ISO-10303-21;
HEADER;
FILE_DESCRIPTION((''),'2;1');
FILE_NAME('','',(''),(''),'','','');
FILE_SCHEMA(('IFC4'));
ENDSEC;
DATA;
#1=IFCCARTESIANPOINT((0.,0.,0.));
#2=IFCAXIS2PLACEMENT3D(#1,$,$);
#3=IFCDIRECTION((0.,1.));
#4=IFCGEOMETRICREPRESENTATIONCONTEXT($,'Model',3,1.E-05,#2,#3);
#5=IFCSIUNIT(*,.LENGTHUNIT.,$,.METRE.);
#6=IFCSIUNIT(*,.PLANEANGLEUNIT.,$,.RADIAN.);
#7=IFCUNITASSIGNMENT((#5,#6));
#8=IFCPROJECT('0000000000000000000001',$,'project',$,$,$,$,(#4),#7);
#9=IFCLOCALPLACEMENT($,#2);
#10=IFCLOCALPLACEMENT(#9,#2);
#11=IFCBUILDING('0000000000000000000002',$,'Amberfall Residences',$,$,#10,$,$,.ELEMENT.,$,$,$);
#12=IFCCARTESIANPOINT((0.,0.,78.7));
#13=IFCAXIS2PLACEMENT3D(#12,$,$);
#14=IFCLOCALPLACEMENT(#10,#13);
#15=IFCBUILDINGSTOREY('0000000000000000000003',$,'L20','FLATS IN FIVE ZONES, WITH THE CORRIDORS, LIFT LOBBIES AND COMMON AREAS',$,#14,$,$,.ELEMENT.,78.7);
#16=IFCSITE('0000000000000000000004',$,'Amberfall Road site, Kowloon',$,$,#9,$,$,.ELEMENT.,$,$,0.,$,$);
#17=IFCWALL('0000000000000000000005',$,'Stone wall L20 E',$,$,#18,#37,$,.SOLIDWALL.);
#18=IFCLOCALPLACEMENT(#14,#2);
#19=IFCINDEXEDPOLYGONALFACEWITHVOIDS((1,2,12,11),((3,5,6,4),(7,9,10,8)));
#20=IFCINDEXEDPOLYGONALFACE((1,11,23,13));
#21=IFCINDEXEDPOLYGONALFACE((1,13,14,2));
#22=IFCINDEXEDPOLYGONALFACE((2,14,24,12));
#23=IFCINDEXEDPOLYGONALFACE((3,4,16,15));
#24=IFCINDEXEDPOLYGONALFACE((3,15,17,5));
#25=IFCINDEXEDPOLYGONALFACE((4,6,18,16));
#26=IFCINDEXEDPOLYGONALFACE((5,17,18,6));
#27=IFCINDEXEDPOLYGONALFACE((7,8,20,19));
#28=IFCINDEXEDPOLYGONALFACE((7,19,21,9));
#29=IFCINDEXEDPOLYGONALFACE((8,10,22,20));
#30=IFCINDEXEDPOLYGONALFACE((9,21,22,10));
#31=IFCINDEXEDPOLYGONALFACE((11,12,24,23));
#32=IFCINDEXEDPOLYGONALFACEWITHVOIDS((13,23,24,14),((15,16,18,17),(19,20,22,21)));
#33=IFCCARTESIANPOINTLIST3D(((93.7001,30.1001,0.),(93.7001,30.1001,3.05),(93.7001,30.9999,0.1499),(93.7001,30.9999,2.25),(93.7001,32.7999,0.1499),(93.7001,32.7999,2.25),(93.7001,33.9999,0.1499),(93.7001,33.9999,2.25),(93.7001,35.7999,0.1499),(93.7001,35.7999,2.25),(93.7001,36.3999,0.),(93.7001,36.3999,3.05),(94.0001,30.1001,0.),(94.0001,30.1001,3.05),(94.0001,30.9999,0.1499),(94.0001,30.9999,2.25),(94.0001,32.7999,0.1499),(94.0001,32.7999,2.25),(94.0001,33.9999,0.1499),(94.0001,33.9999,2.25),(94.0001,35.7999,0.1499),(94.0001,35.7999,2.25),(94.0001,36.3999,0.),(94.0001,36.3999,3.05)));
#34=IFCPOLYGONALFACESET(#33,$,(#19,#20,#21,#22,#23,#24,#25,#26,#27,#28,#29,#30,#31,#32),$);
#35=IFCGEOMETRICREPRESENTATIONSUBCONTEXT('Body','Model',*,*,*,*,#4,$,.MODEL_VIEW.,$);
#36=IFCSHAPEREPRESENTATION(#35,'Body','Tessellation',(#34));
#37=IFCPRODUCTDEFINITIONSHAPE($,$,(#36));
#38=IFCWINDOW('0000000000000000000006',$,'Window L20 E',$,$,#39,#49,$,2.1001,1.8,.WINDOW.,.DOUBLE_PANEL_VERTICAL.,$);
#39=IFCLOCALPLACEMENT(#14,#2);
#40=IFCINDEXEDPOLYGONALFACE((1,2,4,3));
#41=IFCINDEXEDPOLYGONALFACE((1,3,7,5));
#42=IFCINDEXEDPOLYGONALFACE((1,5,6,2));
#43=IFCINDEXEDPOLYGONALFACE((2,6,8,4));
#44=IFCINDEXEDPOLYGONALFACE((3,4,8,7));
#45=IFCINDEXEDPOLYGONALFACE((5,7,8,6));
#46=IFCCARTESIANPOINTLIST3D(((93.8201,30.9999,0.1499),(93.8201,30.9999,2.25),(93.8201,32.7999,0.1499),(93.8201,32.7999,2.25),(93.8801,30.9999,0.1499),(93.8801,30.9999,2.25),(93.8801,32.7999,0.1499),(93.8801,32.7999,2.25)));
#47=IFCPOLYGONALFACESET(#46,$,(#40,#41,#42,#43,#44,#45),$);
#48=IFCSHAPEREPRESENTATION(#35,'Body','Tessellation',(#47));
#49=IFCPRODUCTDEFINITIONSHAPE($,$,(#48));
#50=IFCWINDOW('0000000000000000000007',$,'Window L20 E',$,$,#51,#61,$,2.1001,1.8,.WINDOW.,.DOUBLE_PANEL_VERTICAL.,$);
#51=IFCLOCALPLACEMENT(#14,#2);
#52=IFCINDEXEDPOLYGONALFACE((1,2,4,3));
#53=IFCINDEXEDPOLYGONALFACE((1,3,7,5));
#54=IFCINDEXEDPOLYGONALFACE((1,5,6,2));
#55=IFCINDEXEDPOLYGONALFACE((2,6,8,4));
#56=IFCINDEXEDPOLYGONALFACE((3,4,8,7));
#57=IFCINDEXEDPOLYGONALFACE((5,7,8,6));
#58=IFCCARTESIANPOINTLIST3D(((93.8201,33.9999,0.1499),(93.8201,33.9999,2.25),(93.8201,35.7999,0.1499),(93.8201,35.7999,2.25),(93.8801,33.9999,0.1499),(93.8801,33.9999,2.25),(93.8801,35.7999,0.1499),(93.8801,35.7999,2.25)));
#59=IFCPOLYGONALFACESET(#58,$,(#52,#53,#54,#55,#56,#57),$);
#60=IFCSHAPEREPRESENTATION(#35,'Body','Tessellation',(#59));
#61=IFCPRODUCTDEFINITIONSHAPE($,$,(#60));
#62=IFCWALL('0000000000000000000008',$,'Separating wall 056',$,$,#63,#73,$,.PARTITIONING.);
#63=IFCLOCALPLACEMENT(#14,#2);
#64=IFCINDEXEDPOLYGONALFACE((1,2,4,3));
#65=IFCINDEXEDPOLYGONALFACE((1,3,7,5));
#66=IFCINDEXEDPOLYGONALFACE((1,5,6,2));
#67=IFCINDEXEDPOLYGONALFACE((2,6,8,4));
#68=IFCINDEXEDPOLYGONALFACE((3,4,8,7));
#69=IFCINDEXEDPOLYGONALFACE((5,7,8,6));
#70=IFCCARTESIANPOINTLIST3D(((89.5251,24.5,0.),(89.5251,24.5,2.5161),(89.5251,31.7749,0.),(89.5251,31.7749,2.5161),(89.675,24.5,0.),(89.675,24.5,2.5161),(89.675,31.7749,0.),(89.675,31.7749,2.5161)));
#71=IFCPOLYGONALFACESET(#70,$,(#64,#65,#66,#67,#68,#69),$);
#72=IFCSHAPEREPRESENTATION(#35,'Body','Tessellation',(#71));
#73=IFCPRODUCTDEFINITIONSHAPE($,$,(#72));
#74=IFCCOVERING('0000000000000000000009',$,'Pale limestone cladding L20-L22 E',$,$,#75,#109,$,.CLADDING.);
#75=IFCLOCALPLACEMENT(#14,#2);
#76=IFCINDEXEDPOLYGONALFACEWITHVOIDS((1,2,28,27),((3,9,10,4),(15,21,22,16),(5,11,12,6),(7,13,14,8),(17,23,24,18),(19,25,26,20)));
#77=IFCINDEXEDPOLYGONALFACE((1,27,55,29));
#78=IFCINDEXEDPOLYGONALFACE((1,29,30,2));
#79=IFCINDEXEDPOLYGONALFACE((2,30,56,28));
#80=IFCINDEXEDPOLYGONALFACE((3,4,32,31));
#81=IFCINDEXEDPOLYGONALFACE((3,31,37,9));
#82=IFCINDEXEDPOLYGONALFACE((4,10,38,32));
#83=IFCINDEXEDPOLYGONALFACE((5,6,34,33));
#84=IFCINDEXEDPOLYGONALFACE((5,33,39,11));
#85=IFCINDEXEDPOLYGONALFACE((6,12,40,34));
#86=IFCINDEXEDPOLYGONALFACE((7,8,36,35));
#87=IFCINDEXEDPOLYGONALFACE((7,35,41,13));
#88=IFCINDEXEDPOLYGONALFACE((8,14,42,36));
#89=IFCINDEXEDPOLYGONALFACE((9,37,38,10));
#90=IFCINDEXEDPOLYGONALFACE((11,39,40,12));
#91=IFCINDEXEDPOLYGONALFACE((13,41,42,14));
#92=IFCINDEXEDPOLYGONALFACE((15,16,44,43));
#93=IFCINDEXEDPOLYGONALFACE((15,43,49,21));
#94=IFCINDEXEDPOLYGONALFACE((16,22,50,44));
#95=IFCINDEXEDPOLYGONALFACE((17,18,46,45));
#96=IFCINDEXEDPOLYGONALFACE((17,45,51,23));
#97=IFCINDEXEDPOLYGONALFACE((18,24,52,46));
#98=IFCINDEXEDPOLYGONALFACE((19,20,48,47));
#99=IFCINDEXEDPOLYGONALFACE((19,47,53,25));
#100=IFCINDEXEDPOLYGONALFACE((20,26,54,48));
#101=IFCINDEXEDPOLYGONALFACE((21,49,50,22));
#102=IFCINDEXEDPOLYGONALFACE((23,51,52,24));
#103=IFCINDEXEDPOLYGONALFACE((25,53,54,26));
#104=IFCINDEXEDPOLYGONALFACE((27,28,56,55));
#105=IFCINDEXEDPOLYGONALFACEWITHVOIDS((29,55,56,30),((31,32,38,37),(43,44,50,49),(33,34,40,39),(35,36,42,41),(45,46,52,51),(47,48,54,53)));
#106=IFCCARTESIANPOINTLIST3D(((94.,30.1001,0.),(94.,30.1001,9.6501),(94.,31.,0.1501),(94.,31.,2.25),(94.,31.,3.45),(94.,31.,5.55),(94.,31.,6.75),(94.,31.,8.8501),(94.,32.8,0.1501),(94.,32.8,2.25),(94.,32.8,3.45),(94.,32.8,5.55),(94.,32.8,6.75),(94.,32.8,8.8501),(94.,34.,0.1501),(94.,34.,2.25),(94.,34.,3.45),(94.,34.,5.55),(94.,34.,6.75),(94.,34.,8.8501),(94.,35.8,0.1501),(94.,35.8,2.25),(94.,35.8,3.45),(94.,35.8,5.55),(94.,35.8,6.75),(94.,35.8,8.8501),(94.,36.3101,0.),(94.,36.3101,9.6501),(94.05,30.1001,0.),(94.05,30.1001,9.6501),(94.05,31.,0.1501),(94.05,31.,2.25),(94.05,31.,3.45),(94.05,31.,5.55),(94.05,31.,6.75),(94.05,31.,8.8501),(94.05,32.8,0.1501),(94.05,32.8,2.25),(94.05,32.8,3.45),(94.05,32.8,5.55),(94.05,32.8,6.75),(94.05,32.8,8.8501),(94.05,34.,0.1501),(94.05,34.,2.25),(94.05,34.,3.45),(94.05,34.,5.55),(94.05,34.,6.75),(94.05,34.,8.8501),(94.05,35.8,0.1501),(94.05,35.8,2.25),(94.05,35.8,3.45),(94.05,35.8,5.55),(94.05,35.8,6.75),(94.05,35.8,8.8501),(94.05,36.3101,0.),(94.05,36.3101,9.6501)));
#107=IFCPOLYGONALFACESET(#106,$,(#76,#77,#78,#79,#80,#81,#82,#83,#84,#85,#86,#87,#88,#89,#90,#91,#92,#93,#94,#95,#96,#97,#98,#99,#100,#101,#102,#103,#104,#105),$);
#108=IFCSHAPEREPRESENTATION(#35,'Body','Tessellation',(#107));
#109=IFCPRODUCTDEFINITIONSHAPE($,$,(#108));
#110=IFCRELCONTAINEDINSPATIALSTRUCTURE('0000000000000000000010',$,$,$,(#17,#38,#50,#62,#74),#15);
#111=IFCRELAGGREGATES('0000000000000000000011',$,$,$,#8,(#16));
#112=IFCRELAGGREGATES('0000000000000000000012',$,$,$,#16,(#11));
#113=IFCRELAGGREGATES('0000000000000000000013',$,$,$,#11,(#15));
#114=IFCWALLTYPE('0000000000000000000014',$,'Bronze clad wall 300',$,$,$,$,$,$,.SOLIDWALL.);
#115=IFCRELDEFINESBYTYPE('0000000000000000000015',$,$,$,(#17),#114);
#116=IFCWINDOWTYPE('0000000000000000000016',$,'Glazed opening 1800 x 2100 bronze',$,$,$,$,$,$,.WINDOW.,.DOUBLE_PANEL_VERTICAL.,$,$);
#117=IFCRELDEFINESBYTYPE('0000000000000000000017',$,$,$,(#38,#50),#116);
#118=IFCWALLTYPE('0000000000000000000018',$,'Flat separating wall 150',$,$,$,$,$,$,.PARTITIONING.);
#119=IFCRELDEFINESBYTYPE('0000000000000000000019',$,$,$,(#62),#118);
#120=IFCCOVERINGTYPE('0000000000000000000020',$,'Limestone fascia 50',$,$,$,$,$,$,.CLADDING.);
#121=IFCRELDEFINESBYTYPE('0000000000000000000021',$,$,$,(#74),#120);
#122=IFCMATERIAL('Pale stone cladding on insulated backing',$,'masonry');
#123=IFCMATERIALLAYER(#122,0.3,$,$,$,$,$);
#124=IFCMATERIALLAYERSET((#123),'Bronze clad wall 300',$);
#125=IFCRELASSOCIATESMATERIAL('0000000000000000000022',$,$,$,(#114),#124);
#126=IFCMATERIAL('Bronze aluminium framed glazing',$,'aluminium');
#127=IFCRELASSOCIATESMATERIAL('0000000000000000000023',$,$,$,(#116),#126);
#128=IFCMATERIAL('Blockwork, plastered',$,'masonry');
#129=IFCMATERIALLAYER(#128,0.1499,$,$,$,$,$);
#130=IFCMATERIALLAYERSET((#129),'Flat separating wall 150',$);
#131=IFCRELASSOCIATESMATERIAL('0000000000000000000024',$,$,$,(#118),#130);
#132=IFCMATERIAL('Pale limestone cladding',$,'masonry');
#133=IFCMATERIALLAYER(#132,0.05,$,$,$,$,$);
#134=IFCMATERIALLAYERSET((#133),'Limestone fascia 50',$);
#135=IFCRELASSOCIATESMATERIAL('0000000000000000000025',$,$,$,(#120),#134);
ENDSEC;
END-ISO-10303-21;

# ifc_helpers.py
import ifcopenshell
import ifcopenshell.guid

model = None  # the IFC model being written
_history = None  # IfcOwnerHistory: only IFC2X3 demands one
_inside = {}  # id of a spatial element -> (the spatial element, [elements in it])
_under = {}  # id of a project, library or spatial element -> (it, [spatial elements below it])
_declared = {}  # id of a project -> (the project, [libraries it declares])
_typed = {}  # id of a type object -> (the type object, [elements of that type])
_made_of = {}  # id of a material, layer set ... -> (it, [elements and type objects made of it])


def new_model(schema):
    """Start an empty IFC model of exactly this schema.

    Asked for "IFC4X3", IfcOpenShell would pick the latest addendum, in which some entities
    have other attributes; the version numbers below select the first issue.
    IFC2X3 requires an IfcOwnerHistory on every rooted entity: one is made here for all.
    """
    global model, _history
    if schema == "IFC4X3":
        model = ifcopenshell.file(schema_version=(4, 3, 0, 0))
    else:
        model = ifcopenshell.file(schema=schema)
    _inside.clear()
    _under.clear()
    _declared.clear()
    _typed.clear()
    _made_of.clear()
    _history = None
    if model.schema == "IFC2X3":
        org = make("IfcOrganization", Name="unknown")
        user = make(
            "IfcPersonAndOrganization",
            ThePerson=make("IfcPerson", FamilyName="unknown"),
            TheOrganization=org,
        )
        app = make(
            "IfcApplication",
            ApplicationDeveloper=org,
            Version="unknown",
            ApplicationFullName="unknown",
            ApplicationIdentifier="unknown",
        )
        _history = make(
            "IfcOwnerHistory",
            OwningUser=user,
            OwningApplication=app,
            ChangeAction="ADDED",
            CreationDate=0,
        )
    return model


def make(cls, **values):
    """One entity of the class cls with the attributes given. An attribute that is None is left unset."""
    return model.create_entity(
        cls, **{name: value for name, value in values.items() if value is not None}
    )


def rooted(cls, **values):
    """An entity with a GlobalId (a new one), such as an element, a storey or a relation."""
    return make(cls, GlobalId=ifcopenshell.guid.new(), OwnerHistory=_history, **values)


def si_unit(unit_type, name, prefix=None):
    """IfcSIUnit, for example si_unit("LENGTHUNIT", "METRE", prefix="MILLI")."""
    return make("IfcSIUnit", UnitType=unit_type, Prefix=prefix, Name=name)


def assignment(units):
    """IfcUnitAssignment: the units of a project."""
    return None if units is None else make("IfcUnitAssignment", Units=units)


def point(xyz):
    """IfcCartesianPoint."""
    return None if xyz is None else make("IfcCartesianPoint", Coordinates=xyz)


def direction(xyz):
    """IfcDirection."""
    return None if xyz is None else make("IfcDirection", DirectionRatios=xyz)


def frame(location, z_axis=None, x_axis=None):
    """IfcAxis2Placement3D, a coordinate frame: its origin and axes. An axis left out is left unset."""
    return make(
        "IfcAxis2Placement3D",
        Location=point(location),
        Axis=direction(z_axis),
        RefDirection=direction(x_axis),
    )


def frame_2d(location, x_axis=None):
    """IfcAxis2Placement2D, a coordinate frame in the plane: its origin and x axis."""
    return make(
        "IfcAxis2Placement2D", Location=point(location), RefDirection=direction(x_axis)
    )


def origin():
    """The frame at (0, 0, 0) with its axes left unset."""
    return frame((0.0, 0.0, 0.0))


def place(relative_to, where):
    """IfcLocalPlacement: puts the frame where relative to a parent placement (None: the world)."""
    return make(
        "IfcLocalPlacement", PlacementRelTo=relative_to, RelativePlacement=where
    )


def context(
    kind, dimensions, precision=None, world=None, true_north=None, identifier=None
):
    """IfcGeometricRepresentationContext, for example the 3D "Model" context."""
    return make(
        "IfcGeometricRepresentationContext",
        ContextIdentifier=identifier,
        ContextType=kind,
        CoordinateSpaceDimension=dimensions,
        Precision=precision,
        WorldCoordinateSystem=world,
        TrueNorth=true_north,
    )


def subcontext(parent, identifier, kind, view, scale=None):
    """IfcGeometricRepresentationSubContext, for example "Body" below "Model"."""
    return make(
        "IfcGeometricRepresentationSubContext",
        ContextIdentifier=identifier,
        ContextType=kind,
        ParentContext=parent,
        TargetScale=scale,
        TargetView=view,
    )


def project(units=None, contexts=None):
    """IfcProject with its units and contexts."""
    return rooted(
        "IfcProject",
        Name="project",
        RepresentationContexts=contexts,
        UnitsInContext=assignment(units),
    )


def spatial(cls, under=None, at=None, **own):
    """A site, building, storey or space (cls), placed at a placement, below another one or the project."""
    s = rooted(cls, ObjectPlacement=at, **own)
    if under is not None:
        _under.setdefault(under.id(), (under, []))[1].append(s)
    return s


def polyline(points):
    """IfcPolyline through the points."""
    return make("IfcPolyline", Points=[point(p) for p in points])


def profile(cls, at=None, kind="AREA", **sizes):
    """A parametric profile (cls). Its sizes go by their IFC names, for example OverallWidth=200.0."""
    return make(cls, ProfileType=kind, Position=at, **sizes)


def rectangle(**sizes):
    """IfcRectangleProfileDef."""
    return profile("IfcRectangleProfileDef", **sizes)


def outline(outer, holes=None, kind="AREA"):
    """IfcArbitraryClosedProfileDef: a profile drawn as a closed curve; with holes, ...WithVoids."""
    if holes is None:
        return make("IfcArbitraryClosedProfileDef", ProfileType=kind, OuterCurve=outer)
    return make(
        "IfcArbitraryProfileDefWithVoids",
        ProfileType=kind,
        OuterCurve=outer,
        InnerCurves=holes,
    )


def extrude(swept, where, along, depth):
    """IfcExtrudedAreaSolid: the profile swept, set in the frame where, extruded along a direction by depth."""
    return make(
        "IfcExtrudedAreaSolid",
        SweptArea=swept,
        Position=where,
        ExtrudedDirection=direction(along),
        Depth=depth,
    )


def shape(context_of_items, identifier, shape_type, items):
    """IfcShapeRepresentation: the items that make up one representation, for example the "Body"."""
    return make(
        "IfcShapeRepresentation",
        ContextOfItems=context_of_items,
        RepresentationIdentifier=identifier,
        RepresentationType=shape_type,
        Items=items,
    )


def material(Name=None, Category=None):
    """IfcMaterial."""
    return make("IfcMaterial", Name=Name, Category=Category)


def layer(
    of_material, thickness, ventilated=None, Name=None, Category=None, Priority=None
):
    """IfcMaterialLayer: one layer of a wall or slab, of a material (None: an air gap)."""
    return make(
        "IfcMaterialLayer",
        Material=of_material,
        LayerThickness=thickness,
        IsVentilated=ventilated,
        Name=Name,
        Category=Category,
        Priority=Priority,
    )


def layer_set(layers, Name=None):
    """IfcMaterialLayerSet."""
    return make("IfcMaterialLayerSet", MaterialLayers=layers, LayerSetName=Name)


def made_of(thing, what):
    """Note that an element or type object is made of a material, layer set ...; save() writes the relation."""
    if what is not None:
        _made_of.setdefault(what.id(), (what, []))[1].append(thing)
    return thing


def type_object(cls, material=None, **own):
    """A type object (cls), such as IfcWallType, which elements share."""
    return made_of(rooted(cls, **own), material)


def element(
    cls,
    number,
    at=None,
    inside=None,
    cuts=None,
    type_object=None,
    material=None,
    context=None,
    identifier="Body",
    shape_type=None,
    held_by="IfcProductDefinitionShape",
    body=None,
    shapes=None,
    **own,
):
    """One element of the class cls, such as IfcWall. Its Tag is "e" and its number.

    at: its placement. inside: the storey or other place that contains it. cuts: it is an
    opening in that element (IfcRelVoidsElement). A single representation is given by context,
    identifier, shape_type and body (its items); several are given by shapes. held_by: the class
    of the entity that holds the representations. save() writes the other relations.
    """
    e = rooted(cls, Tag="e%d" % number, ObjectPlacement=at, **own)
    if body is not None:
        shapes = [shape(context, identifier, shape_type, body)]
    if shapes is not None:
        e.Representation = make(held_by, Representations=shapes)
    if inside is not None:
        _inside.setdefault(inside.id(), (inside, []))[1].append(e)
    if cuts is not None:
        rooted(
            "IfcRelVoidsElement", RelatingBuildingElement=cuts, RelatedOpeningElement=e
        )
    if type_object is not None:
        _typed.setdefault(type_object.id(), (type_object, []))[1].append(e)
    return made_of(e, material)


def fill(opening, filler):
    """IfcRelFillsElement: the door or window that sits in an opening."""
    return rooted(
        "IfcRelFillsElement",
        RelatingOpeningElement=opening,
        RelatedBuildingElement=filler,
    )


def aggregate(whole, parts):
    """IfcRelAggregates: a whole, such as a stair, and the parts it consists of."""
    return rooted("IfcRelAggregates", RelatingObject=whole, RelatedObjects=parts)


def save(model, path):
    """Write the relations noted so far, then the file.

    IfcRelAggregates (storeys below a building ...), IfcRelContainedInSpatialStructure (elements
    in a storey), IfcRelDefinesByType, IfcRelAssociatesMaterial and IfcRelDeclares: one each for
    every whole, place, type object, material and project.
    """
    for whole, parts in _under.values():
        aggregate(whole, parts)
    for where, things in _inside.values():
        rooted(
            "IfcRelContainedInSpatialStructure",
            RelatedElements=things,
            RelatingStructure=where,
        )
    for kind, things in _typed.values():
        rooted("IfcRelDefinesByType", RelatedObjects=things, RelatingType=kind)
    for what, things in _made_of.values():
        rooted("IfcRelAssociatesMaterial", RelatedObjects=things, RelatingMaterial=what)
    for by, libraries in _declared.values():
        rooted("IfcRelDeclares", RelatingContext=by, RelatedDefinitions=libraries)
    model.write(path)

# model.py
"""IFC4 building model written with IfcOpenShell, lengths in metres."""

from ifc_helpers import new_model, si_unit, direction, frame, frame_2d, origin, place, context, subcontext, project, spatial, polyline, rectangle, outline, extrude, material, layer, layer_set, type_object, element, fill, save


model = new_model("IFC4")

# Units and contexts
model_context = context("Model", 3, precision=1e-05, world=origin(), true_north=direction((0.0, 1.0)))
body_context = subcontext(model_context, "Body", "Model", "MODEL_VIEW")
ifc_project = project(units=[si_unit("LENGTHUNIT", "METRE"), si_unit("PLANEANGLEUNIT", "RADIAN")], contexts=[model_context])

# Site, building, storey
site_placement = place(None, origin())
site = spatial("IfcSite", under=ifc_project, at=site_placement, Name="Amberfall Road site, Kowloon", CompositionType="ELEMENT", RefElevation=0.0)
building_placement = place(site_placement, origin())
building = spatial("IfcBuilding", under=site, at=building_placement, Name="Amberfall Residences", CompositionType="ELEMENT")
storey_placement = place(building_placement, frame((0.0, 0.0, 78.7)))
storey = spatial("IfcBuildingStorey", under=building, at=storey_placement, Name="L20", Description="FLATS IN FIVE ZONES, WITH THE CORRIDORS, LIFT LOBBIES AND COMMON AREAS", CompositionType="ELEMENT", Elevation=78.7)

# Shared definitions
ifc_material_1 = material(Name="Pale stone cladding on insulated backing", Category="masonry")
ifc_layer_1 = layer(ifc_material_1, 0.3)
ifc_layer_set_1 = layer_set([ifc_layer_1], Name="Bronze clad wall 300")
wall_type_1 = type_object("IfcWallType", Name="Bronze clad wall 300", PredefinedType="SOLIDWALL", material=ifc_layer_set_1)
ifc_material_2 = material(Name="Bronze aluminium framed glazing", Category="aluminium")

# Wall, openings, windows
wall_1_placement = place(storey_placement, frame((93.8501, 30.1001, 0.0), z_axis=(0.0, 0.0, 1.0), x_axis=(0.0, 1.0, 0.0)))
wall_1 = element("IfcWall", 1, at=wall_1_placement, inside=storey, type_object=wall_type_1, Name="Stone wall L20 E", PredefinedType="SOLIDWALL", context=body_context, shape_type="SweptSolid", body=[
    extrude(rectangle(XDim=6.2998, YDim=0.3, at=frame_2d((3.1499, 0.0))), origin(), (0.0, 0.0, 1.0), 3.05),
])
opening_1_placement = place(wall_1_placement, frame((0.8999, 0.0, 0.1499)))
opening_1 = element("IfcOpeningElement", 2, at=opening_1_placement, cuts=wall_1, PredefinedType="OPENING", context=body_context, shape_type="SweptSolid", body=[
    extrude(rectangle(XDim=1.8, YDim=2.1001, at=frame_2d((0.8999, 1.05))), frame((0.0, 0.1599, 0.0), z_axis=(0.0, -1.0, 0.0), x_axis=(1.0, 0.0, 0.0)), (0.0, 0.0, 1.0), 0.3201),
])
opening_2_placement = place(wall_1_placement, frame((3.8999, 0.0, 0.1499)))
opening_2 = element("IfcOpeningElement", 3, at=opening_2_placement, cuts=wall_1, PredefinedType="OPENING", context=body_context, shape_type="SweptSolid", body=[
    extrude(rectangle(XDim=1.8, YDim=2.1001, at=frame_2d((0.8999, 1.05))), frame((0.0, 0.1599, 0.0), z_axis=(0.0, -1.0, 0.0), x_axis=(1.0, 0.0, 0.0)), (0.0, 0.0, 1.0), 0.3201),
])
window_type_1 = type_object("IfcWindowType", Name="Glazed opening 1800 x 2100 bronze", PartitioningType="DOUBLE_PANEL_VERTICAL", PredefinedType="WINDOW", material=ifc_material_2)
window_1_placement = place(opening_1_placement, origin())
window_1 = element("IfcWindow", 4, at=window_1_placement, inside=storey, type_object=window_type_1, Name="Window L20 E", OverallHeight=2.1001, OverallWidth=1.8, PartitioningType="DOUBLE_PANEL_VERTICAL", PredefinedType="WINDOW", context=body_context, shape_type="SweptSolid", body=[
    extrude(rectangle(XDim=1.8, YDim=2.1001, at=frame_2d((0.8999, 1.05))), frame((0.0, 0.03, 0.0), z_axis=(0.0, -1.0, 0.0), x_axis=(1.0, 0.0, 0.0)), (0.0, 0.0, 1.0), 0.0601),
])
fill(opening_1, window_1)
window_2_placement = place(opening_2_placement, origin())
window_2 = element("IfcWindow", 5, at=window_2_placement, inside=storey, type_object=window_type_1, Name="Window L20 E", OverallHeight=2.1001, OverallWidth=1.8, PartitioningType="DOUBLE_PANEL_VERTICAL", PredefinedType="WINDOW", context=body_context, shape_type="SweptSolid", body=[
    extrude(rectangle(XDim=1.8, YDim=2.1001, at=frame_2d((0.8999, 1.05))), frame((0.0, 0.03, 0.0), z_axis=(0.0, -1.0, 0.0), x_axis=(1.0, 0.0, 0.0)), (0.0, 0.0, 1.0), 0.0601),
])
fill(opening_2, window_2)

# Wall
ifc_material_3 = material(Name="Blockwork, plastered", Category="masonry")
ifc_layer_2 = layer(ifc_material_3, 0.1499)
ifc_layer_set_2 = layer_set([ifc_layer_2], Name="Flat separating wall 150")
wall_type_2 = type_object("IfcWallType", Name="Flat separating wall 150", PredefinedType="PARTITIONING", material=ifc_layer_set_2)
wall_2_placement = place(storey_placement, frame((89.6001, 24.5, 0.0), z_axis=(0.0, 0.0, 1.0), x_axis=(0.0, 1.0, 0.0)))
element("IfcWall", 6, at=wall_2_placement, inside=storey, type_object=wall_type_2, Name="Separating wall 056", PredefinedType="PARTITIONING", context=body_context, shape_type="SweptSolid", body=[
    extrude(rectangle(XDim=7.2749, YDim=0.1499, at=frame_2d((3.6375, 0.0))), origin(), (0.0, 0.0, 1.0), 2.5161),
])

# Covering
ifc_material_4 = material(Name="Pale limestone cladding", Category="masonry")
ifc_layer_3 = layer(ifc_material_4, 0.05)
ifc_layer_set_3 = layer_set([ifc_layer_3], Name="Limestone fascia 50")
covering_type = type_object("IfcCoveringType", Name="Limestone fascia 50", PredefinedType="CLADDING", material=ifc_layer_set_3)
covering_placement = place(storey_placement, frame((94.0, 30.1001, 9.6501), z_axis=(-1.0, 0.0, 0.0), x_axis=(0.0, 1.0, 0.0)))
element("IfcCovering", 7, at=covering_placement, inside=storey, type_object=covering_type, Name="Pale limestone cladding L20-L22 E", PredefinedType="CLADDING", context=body_context, shape_type="SweptSolid", body=[
    extrude(outline(polyline([(0.0, 0.0), (6.21, 0.0), (6.21, 9.6501), (0.0, 9.6501), (0.0, 0.0)]), holes=[polyline([(0.8999, 7.4001), (2.7, 7.4001), (2.7, 9.5), (0.8999, 9.5), (0.8999, 7.4001)]), polyline([(3.8999, 7.4001), (5.7, 7.4001), (5.7, 9.5), (3.8999, 9.5), (3.8999, 7.4001)]), polyline([(0.8999, 4.1001), (2.7, 4.1001), (2.7, 6.2002), (0.8999, 6.2002), (0.8999, 4.1001)]), polyline([(3.8999, 4.1001), (5.7, 4.1001), (5.7, 6.2002), (3.8999, 6.2002), (3.8999, 4.1001)]), polyline([(0.8999, 0.8), (2.7, 0.8), (2.7, 2.9001), (0.8999, 2.9001), (0.8999, 0.8)]), polyline([(3.8999, 0.8), (5.7, 0.8), (5.7, 2.9001), (3.8999, 2.9001), (3.8999, 0.8)])]), origin(), (0.0, 0.0, -1.0), 0.05),
])

save(model, "model.ifc")
